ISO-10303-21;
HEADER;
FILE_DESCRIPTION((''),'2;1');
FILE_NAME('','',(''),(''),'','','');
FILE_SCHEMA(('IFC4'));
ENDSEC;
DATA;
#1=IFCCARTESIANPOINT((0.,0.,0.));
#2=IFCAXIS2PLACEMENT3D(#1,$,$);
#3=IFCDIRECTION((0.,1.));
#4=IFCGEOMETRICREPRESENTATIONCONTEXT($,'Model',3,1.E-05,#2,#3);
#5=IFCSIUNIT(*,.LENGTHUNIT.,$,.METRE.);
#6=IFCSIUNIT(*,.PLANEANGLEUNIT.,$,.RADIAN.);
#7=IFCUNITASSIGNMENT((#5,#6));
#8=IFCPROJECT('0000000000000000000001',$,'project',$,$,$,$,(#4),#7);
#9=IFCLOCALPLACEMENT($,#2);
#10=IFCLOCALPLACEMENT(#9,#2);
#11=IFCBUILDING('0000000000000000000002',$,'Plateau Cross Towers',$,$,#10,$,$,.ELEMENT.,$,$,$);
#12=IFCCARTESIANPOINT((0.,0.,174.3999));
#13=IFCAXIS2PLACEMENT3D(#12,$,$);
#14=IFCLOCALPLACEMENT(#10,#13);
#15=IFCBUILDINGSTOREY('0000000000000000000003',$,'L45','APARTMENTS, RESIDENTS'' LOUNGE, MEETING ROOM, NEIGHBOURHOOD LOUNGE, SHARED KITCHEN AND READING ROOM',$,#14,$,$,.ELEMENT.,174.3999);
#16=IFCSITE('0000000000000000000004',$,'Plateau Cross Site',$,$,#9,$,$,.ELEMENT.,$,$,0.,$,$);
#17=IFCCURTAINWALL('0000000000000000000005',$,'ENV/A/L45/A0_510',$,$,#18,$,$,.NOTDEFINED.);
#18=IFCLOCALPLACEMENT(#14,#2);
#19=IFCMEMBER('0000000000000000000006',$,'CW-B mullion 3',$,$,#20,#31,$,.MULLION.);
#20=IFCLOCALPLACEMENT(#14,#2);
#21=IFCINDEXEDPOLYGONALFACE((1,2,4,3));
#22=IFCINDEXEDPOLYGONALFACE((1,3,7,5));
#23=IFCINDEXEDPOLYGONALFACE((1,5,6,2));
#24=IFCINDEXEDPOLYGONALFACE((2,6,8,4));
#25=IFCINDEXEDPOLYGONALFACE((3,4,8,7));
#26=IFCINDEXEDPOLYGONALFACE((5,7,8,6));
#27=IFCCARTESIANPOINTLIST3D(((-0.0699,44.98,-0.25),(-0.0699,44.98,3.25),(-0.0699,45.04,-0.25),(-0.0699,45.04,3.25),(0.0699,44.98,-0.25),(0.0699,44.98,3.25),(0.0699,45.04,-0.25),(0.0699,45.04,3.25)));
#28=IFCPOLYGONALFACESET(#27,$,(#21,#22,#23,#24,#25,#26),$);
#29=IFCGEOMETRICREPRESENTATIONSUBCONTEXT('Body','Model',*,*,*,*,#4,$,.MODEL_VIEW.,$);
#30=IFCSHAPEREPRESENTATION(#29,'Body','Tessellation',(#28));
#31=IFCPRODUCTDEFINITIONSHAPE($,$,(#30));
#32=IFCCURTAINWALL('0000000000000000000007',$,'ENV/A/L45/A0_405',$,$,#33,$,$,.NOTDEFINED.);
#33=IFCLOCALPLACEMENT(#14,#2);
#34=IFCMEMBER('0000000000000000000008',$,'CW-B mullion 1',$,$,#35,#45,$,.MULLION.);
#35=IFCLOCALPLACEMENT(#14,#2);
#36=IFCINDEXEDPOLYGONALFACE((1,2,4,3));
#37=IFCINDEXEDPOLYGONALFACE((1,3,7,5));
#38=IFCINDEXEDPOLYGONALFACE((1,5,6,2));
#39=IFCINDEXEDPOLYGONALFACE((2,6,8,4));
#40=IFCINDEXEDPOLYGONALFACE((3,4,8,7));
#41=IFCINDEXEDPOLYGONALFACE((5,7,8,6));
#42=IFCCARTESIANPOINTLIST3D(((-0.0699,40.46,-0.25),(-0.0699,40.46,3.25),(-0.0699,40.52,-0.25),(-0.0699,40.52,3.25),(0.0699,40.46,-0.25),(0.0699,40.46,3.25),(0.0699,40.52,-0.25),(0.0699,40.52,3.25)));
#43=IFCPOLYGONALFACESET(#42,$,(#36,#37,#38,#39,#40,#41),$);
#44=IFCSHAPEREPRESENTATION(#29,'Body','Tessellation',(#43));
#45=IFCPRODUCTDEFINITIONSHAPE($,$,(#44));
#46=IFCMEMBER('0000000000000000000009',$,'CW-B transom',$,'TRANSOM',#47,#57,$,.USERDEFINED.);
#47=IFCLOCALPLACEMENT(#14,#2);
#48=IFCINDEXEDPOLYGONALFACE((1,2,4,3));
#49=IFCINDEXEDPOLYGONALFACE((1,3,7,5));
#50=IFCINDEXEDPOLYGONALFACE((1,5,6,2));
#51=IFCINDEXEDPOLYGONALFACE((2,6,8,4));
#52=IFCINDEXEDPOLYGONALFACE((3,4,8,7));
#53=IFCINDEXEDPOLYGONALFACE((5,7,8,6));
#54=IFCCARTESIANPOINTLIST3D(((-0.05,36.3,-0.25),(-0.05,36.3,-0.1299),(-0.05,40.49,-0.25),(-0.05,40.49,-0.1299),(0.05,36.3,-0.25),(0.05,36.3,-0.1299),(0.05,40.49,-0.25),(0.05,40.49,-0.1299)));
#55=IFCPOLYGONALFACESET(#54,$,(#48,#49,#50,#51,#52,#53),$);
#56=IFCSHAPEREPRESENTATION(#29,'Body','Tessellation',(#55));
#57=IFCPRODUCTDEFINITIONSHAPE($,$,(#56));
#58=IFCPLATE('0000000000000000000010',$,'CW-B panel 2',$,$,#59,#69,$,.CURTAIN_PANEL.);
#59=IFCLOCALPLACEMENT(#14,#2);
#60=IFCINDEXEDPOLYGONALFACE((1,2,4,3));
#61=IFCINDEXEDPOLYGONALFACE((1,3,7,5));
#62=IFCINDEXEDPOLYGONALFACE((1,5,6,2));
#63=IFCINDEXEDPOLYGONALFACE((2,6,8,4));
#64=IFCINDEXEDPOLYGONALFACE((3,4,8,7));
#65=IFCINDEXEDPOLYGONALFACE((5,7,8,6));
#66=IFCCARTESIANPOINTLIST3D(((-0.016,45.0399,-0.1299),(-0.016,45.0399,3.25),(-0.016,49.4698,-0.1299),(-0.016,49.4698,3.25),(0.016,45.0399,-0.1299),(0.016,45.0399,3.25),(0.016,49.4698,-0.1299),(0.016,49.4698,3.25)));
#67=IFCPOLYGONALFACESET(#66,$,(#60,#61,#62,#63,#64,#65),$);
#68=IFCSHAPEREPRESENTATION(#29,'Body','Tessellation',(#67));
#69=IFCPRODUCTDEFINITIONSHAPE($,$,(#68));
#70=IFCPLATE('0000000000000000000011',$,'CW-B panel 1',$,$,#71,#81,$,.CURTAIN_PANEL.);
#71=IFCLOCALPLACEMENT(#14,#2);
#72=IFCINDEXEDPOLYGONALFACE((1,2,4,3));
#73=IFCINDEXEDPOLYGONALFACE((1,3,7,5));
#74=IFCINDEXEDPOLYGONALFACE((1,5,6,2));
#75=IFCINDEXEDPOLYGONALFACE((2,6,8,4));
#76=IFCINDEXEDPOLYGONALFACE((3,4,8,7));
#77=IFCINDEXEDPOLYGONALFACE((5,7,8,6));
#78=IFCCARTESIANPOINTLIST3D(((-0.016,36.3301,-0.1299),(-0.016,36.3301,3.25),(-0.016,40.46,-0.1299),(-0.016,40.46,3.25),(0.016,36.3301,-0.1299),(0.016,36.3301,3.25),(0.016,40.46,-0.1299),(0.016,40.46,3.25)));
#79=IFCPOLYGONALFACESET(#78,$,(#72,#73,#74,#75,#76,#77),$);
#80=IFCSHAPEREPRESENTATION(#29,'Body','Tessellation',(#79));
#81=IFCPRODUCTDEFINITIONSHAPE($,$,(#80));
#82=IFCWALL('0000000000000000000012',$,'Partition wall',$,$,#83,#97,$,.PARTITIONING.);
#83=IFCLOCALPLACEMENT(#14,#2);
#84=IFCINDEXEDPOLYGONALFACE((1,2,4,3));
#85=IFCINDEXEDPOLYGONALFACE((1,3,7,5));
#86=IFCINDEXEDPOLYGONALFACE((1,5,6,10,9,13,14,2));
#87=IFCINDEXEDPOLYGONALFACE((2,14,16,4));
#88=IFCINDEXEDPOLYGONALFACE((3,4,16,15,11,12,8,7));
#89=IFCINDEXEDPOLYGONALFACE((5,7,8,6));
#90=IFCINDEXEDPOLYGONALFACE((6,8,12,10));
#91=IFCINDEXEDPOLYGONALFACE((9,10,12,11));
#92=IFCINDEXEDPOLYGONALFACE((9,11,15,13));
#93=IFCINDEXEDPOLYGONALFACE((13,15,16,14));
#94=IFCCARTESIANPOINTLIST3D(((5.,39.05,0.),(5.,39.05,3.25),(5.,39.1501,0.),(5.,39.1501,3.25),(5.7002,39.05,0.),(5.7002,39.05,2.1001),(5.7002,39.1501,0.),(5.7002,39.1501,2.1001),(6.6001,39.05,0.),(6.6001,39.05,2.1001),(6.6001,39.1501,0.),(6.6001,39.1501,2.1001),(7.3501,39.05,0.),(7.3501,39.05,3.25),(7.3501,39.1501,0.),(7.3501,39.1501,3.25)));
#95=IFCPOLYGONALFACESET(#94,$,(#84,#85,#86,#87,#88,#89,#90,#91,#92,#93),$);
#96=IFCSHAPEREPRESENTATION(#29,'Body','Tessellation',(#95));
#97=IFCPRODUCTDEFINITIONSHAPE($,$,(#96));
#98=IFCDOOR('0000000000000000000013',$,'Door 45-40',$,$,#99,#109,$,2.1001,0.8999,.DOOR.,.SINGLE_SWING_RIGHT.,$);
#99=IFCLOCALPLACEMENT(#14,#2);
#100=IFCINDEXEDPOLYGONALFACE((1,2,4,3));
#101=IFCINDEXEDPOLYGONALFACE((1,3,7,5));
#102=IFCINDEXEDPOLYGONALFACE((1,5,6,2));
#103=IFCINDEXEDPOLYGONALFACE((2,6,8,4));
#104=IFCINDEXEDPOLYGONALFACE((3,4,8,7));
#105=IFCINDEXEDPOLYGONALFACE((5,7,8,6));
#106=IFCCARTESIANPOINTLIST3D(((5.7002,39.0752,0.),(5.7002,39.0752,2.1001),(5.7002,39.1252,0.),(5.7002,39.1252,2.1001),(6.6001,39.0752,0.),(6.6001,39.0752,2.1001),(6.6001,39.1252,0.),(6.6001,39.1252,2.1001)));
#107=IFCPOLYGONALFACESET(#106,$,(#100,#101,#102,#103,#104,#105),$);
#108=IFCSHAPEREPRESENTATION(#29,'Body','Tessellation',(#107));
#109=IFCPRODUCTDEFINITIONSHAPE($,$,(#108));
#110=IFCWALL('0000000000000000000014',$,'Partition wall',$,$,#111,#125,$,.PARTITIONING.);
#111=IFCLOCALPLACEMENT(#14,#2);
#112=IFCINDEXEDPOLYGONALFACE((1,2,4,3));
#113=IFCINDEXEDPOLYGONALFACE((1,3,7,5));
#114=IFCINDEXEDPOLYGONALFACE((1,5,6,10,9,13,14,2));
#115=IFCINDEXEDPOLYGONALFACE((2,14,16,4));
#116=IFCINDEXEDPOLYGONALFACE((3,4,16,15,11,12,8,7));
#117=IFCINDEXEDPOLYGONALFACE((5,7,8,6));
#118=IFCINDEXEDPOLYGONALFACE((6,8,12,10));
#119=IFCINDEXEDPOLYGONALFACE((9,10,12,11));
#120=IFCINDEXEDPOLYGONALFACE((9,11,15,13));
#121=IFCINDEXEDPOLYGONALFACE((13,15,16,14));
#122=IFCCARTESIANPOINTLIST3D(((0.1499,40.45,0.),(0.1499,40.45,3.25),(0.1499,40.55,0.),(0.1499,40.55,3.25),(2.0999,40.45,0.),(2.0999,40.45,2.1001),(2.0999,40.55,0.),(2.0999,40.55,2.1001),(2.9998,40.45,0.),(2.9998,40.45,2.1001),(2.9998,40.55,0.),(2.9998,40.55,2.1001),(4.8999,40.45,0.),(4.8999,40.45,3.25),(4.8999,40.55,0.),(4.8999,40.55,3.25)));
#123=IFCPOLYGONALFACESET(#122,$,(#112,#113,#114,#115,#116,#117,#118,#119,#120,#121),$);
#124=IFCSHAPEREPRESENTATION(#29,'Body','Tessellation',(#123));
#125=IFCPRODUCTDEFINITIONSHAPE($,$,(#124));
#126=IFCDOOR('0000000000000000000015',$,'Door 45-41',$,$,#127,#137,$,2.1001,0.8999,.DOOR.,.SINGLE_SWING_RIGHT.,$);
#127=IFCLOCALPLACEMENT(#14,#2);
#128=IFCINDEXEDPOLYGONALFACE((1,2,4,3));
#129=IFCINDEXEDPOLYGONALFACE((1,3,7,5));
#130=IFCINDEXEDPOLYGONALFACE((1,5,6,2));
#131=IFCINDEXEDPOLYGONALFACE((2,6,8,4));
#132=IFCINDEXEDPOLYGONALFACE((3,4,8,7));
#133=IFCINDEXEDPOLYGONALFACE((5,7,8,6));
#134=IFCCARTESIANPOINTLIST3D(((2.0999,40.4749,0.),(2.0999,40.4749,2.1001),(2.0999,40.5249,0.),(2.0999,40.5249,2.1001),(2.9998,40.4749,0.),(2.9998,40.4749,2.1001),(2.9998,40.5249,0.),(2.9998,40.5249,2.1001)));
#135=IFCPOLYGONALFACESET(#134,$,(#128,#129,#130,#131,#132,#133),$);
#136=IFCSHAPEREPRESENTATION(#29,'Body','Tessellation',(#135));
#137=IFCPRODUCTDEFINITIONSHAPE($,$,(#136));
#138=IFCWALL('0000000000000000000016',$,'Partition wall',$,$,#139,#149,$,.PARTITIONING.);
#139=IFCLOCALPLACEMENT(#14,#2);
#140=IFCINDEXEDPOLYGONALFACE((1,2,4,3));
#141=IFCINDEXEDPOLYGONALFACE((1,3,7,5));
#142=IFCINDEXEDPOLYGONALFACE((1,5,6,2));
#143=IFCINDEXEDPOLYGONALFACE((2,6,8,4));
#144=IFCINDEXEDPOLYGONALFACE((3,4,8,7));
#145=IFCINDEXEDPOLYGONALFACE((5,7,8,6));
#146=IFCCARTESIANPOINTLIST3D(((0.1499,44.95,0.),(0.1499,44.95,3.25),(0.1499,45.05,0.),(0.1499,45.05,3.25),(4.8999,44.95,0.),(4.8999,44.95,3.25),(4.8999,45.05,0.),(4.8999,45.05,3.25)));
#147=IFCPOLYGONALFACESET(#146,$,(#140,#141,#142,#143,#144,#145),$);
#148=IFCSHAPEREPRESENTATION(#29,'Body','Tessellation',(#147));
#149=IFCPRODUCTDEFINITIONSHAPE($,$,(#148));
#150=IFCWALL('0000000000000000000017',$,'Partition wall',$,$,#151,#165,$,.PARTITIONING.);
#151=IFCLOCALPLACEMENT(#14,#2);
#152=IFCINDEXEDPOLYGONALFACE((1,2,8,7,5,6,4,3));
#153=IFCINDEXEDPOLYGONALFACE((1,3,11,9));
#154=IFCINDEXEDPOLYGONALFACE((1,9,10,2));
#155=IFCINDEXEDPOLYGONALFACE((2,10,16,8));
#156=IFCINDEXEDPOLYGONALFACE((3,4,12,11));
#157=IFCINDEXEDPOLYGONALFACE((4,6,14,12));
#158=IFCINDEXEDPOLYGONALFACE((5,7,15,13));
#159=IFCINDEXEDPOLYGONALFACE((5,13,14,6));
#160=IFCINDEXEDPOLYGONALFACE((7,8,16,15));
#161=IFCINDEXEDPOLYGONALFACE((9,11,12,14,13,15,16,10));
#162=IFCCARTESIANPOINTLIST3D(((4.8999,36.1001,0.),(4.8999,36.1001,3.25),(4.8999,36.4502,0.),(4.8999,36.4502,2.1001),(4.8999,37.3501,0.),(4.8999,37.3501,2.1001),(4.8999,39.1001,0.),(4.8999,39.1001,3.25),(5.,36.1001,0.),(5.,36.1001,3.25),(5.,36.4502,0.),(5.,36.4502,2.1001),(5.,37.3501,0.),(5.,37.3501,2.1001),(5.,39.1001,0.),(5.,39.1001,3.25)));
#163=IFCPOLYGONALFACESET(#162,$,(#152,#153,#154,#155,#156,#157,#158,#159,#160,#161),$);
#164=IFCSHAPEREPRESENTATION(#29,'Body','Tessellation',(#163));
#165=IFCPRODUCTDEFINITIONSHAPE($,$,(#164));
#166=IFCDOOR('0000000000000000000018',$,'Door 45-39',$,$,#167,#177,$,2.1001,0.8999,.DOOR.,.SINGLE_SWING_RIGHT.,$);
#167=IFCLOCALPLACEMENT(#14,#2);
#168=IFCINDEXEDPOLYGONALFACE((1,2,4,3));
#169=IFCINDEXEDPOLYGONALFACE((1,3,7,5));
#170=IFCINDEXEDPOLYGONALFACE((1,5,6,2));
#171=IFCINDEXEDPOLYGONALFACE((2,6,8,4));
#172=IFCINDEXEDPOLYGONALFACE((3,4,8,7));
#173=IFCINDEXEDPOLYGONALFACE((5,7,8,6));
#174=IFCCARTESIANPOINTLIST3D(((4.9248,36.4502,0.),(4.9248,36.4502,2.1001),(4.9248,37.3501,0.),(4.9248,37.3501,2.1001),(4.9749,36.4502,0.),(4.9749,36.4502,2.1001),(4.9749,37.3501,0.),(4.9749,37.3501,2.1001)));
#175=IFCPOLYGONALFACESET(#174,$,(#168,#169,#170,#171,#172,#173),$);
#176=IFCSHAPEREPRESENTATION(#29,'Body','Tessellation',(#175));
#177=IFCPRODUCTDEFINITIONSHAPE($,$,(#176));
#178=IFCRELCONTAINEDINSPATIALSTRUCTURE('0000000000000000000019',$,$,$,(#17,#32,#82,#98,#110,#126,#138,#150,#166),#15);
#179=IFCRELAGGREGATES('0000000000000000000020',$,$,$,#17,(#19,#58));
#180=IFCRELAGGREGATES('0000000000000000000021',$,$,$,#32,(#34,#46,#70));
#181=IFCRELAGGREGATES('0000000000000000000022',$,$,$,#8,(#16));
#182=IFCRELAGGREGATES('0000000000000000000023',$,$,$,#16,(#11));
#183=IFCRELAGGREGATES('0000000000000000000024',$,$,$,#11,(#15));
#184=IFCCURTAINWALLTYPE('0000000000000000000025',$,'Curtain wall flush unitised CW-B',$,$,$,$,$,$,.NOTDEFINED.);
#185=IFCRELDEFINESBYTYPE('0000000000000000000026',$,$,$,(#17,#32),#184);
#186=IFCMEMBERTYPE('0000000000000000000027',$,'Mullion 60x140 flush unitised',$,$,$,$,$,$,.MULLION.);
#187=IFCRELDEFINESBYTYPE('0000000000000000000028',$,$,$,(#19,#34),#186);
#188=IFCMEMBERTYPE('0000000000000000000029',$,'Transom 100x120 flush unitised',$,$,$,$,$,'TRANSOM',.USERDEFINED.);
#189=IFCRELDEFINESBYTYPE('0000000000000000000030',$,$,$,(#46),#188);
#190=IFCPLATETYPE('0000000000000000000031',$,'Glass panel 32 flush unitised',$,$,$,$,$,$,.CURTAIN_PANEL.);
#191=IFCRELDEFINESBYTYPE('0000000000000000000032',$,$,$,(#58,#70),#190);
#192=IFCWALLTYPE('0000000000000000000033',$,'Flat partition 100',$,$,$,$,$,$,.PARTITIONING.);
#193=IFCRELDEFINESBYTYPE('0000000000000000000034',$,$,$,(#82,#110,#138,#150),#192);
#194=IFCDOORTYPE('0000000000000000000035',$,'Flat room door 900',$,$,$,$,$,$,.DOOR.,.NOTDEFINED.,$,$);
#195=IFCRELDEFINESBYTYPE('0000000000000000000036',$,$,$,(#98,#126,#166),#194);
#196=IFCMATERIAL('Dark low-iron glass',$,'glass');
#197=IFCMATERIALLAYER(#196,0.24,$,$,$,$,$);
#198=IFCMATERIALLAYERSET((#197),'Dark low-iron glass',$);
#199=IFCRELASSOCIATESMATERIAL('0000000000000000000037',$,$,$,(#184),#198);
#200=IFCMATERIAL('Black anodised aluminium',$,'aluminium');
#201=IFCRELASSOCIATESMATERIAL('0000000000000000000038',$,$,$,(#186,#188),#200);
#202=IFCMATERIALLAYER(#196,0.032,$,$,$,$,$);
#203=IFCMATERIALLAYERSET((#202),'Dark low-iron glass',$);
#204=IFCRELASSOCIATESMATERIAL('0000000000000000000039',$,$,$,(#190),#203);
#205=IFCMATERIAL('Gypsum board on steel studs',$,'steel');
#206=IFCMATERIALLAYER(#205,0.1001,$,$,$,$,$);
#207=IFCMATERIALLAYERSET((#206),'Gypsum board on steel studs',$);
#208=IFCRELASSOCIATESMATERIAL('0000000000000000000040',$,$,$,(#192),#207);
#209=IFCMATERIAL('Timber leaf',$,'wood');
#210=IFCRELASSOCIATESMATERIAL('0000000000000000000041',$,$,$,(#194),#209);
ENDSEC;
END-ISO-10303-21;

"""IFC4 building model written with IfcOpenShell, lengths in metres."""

from ifc_helpers import new_model, si_unit, direction, frame, frame_2d, origin, origin_2d, place, context, subcontext, project, spatial, rectangle, extrude, material, layer, layer_set, material_profile, profile_set, type_object, element, fill, aggregate, save


model = new_model("IFC4")

# Units and contexts
model_context = context("Model", 3, precision=1e-05, world=origin(), true_north=direction((0.0, 1.0)))
body_context = subcontext(model_context, "Body", "Model", "MODEL_VIEW")
ifc_project = project(units=[si_unit("LENGTHUNIT", "METRE"), si_unit("PLANEANGLEUNIT", "RADIAN")], contexts=[model_context])

# Site, building, storey
site_placement = place(None, origin())
site = spatial("IfcSite", under=ifc_project, at=site_placement, Name="Plateau Cross Site", CompositionType="ELEMENT", RefElevation=0.0)
building_placement = place(site_placement, origin())
building = spatial("IfcBuilding", under=site, at=building_placement, Name="Plateau Cross Towers", CompositionType="ELEMENT")
storey_placement = place(building_placement, frame((0.0, 0.0, 174.3999)))
storey = spatial("IfcBuildingStorey", under=building, at=storey_placement, Name="L45", Description="APARTMENTS, RESIDENTS' LOUNGE, MEETING ROOM, NEIGHBOURHOOD LOUNGE, SHARED KITCHEN AND READING ROOM", CompositionType="ELEMENT", Elevation=174.3999)

# Curtain wall, member
ifc_material_1 = material(Name="Dark low-iron glass", Category="glass")
ifc_layer_1 = layer(ifc_material_1, 0.24)
ifc_layer_set_1 = layer_set([ifc_layer_1], Name="Dark low-iron glass")
curtain_wall_type = type_object("IfcCurtainWallType", Name="Curtain wall flush unitised CW-B", PredefinedType="NOTDEFINED", material=ifc_layer_set_1)
curtain_wall_1_placement = place(storey_placement, origin())
curtain_wall_1 = element("IfcCurtainWall", 1, at=curtain_wall_1_placement, inside=storey, type_object=curtain_wall_type, Name="ENV/A/L45/A0_510", PredefinedType="NOTDEFINED")
ifc_material_2 = material(Name="Black anodised aluminium", Category="aluminium")
ifc_material_profile_1 = material_profile(ifc_material_2, rectangle(XDim=0.0601, YDim=0.1399, at=origin_2d()), Name="MULLION 60x140")
ifc_profile_set_1 = profile_set([ifc_material_profile_1], Name="Black anodised aluminium")
member_type_1 = type_object("IfcMemberType", Name="Mullion 60x140 flush unitised", PredefinedType="MULLION", material=ifc_profile_set_1)
member_1_placement = place(storey_placement, frame((0.0, 45.01, -0.25), z_axis=(0.0, 0.0, 1.0), x_axis=(0.0, -1.0, 0.0)))
member_1 = element("IfcMember", 2, at=member_1_placement, type_object=member_type_1, Name="CW-B mullion 3", PredefinedType="MULLION", context=body_context, shape_type="SweptSolid", body=[
    extrude(rectangle(XDim=0.0601, YDim=0.1399, at=origin_2d()), origin(), (0.0, 0.0, 1.0), 3.5),
])

# Curtain wall, members
curtain_wall_2_placement = place(storey_placement, origin())
curtain_wall_2 = element("IfcCurtainWall", 3, at=curtain_wall_2_placement, inside=storey, type_object=curtain_wall_type, Name="ENV/A/L45/A0_405", PredefinedType="NOTDEFINED")
member_2_placement = place(storey_placement, frame((0.0, 40.49, -0.25), z_axis=(0.0, 0.0, 1.0), x_axis=(0.0, -1.0, 0.0)))
member_2 = element("IfcMember", 4, at=member_2_placement, type_object=member_type_1, Name="CW-B mullion 1", PredefinedType="MULLION", context=body_context, shape_type="SweptSolid", body=[
    extrude(rectangle(XDim=0.0601, YDim=0.1399, at=origin_2d()), origin(), (0.0, 0.0, 1.0), 3.5),
])
ifc_material_profile_2 = material_profile(ifc_material_2, rectangle(XDim=0.1001, YDim=0.1201, at=origin_2d()), Name="TRANSOM 100x120")
ifc_profile_set_2 = profile_set([ifc_material_profile_2], Name="Black anodised aluminium")
member_type_2 = type_object("IfcMemberType", Name="Transom 100x120 flush unitised", ElementType="TRANSOM", PredefinedType="USERDEFINED", material=ifc_profile_set_2)
member_3_placement = place(storey_placement, frame((0.0, 40.49, -0.1899), z_axis=(0.0, -1.0, 0.0), x_axis=(1.0, 0.0, 0.0)))
member_3 = element("IfcMember", 5, at=member_3_placement, type_object=member_type_2, Name="CW-B transom", ObjectType="TRANSOM", PredefinedType="USERDEFINED", context=body_context, shape_type="SweptSolid", body=[
    extrude(rectangle(XDim=0.1001, YDim=0.1201, at=origin_2d()), origin(), (0.0, 0.0, 1.0), 4.1899),
])

# Plates
ifc_layer_2 = layer(ifc_material_1, 0.032)
ifc_layer_set_2 = layer_set([ifc_layer_2], Name="Dark low-iron glass")
plate_type = type_object("IfcPlateType", Name="Glass panel 32 flush unitised", PredefinedType="CURTAIN_PANEL", material=ifc_layer_set_2)
plate_1_placement = place(storey_placement, frame((0.0, 47.2549, -0.1299), z_axis=(0.0, 0.0, 1.0), x_axis=(0.0, -1.0, 0.0)))
plate_1 = element("IfcPlate", 6, at=plate_1_placement, type_object=plate_type, Name="CW-B panel 2", PredefinedType="CURTAIN_PANEL", context=body_context, shape_type="SweptSolid", body=[
    extrude(rectangle(XDim=4.4299, YDim=0.032, at=origin_2d()), origin(), (0.0, 0.0, 1.0), 3.3799),
])
aggregate(curtain_wall_1, [member_1, plate_1])
plate_2_placement = place(storey_placement, frame((0.0, 38.395, -0.1299), z_axis=(0.0, 0.0, 1.0), x_axis=(0.0, -1.0, 0.0)))
plate_2 = element("IfcPlate", 7, at=plate_2_placement, type_object=plate_type, Name="CW-B panel 1", PredefinedType="CURTAIN_PANEL", context=body_context, shape_type="SweptSolid", body=[
    extrude(rectangle(XDim=4.1299, YDim=0.032, at=origin_2d()), origin(), (0.0, 0.0, 1.0), 3.3799),
])
aggregate(curtain_wall_2, [member_2, member_3, plate_2])

# Walls, openings, doors
ifc_material_3 = material(Name="Gypsum board on steel studs", Category="steel")
ifc_layer_3 = layer(ifc_material_3, 0.1001)
ifc_layer_set_3 = layer_set([ifc_layer_3], Name="Gypsum board on steel studs")
wall_type_1 = type_object("IfcWallType", Name="Flat partition 100", PredefinedType="PARTITIONING", material=ifc_layer_set_3)
wall_1_placement = place(storey_placement, frame((7.3501, 39.1001, 0.0), z_axis=(0.0, 0.0, 1.0), x_axis=(-1.0, 0.0, 0.0)))
wall_1 = element("IfcWall", 8, at=wall_1_placement, inside=storey, type_object=wall_type_1, Name="Partition wall", PredefinedType="PARTITIONING", context=body_context, shape_type="SweptSolid", body=[
    extrude(rectangle(XDim=2.3501, YDim=0.1001, at=frame_2d((1.175, 0.0))), origin(), (0.0, 0.0, 1.0), 3.25),
])
opening_1_placement = place(wall_1_placement, frame((0.75, 0.0, 0.0)))
opening_1 = element("IfcOpeningElement", 9, at=opening_1_placement, cuts=wall_1, PredefinedType="OPENING", context=body_context, shape_type="SweptSolid", body=[
    extrude(rectangle(XDim=0.8999, YDim=2.1001, at=frame_2d((0.45, 1.05))), frame((0.0, 0.0601, 0.0), z_axis=(0.0, -1.0, 0.0), x_axis=(1.0, 0.0, 0.0)), (0.0, 0.0, 1.0), 0.1201),
])
ifc_material_4 = material(Name="Timber leaf", Category="wood")
door_type_1 = type_object("IfcDoorType", Name="Flat room door 900", OperationType="NOTDEFINED", PredefinedType="DOOR", material=ifc_material_4)
door_1_placement = place(opening_1_placement, origin())
door_1 = element("IfcDoor", 10, at=door_1_placement, inside=storey, type_object=door_type_1, Name="Door 45-40", OperationType="SINGLE_SWING_RIGHT", OverallHeight=2.1001, OverallWidth=0.8999, PredefinedType="DOOR", context=body_context, shape_type="SweptSolid", body=[
    extrude(rectangle(XDim=0.8999, YDim=2.1001, at=frame_2d((0.45, 1.05))), frame((0.0, 0.0249, 0.0), z_axis=(0.0, -1.0, 0.0), x_axis=(1.0, 0.0, 0.0)), (0.0, 0.0, 1.0), 0.05),
])
fill(opening_1, door_1)
wall_2_placement = place(storey_placement, frame((0.1499, 40.5, 0.0), z_axis=(0.0, 0.0, 1.0), x_axis=(1.0, 0.0, 0.0)))
wall_2 = element("IfcWall", 11, at=wall_2_placement, inside=storey, type_object=wall_type_1, Name="Partition wall", PredefinedType="PARTITIONING", context=body_context, shape_type="SweptSolid", body=[
    extrude(rectangle(XDim=4.75, YDim=0.1001, at=frame_2d((2.375, 0.0))), origin(), (0.0, 0.0, 1.0), 3.25),
])
opening_2_placement = place(wall_2_placement, frame((1.95, 0.0, 0.0)))
opening_2 = element("IfcOpeningElement", 12, at=opening_2_placement, cuts=wall_2, PredefinedType="OPENING", context=body_context, shape_type="SweptSolid", body=[
    extrude(rectangle(XDim=0.8999, YDim=2.1001, at=frame_2d((0.45, 1.05))), frame((0.0, 0.0601, 0.0), z_axis=(0.0, -1.0, 0.0), x_axis=(1.0, 0.0, 0.0)), (0.0, 0.0, 1.0), 0.1201),
])
door_2_placement = place(opening_2_placement, origin())
door_2 = element("IfcDoor", 13, at=door_2_placement, inside=storey, type_object=door_type_1, Name="Door 45-41", OperationType="SINGLE_SWING_RIGHT", OverallHeight=2.1001, OverallWidth=0.8999, PredefinedType="DOOR", context=body_context, shape_type="SweptSolid", body=[
    extrude(rectangle(XDim=0.8999, YDim=2.1001, at=frame_2d((0.45, 1.05))), frame((0.0, 0.0249, 0.0), z_axis=(0.0, -1.0, 0.0), x_axis=(1.0, 0.0, 0.0)), (0.0, 0.0, 1.0), 0.05),
])
fill(opening_2, door_2)

# Wall
wall_3_placement = place(storey_placement, frame((4.8999, 45.0, 0.0), z_axis=(0.0, 0.0, 1.0), x_axis=(-1.0, 0.0, 0.0)))
element("IfcWall", 14, at=wall_3_placement, inside=storey, type_object=wall_type_1, Name="Partition wall", PredefinedType="PARTITIONING", context=body_context, shape_type="SweptSolid", body=[
    extrude(rectangle(XDim=4.75, YDim=0.1001, at=frame_2d((2.375, 0.0))), origin(), (0.0, 0.0, 1.0), 3.25),
])

# Wall, opening, door
wall_4_placement = place(storey_placement, frame((4.95, 39.1001, 0.0), z_axis=(0.0, 0.0, 1.0), x_axis=(0.0, -1.0, 0.0)))
wall_4 = element("IfcWall", 15, at=wall_4_placement, inside=storey, type_object=wall_type_1, Name="Partition wall", PredefinedType="PARTITIONING", context=body_context, shape_type="SweptSolid", body=[
    extrude(rectangle(XDim=3.0, YDim=0.1001, at=frame_2d((1.5, 0.0))), origin(), (0.0, 0.0, 1.0), 3.25),
])
opening_3_placement = place(wall_4_placement, frame((1.75, 0.0, 0.0)))
opening_3 = element("IfcOpeningElement", 16, at=opening_3_placement, cuts=wall_4, PredefinedType="OPENING", context=body_context, shape_type="SweptSolid", body=[
    extrude(rectangle(XDim=0.8999, YDim=2.1001, at=frame_2d((0.45, 1.05))), frame((0.0, 0.0601, 0.0), z_axis=(0.0, -1.0, 0.0), x_axis=(1.0, 0.0, 0.0)), (0.0, 0.0, 1.0), 0.1201),
])
door_3_placement = place(opening_3_placement, origin())
door_3 = element("IfcDoor", 17, at=door_3_placement, inside=storey, type_object=door_type_1, Name="Door 45-39", OperationType="SINGLE_SWING_RIGHT", OverallHeight=2.1001, OverallWidth=0.8999, PredefinedType="DOOR", context=body_context, shape_type="SweptSolid", body=[
    extrude(rectangle(XDim=0.8999, YDim=2.1001, at=frame_2d((0.45, 1.05))), frame((0.0, 0.0249, 0.0), z_axis=(0.0, -1.0, 0.0), x_axis=(1.0, 0.0, 0.0)), (0.0, 0.0, 1.0), 0.05),
])
fill(opening_3, door_3)

save(model, "model.ifc")
